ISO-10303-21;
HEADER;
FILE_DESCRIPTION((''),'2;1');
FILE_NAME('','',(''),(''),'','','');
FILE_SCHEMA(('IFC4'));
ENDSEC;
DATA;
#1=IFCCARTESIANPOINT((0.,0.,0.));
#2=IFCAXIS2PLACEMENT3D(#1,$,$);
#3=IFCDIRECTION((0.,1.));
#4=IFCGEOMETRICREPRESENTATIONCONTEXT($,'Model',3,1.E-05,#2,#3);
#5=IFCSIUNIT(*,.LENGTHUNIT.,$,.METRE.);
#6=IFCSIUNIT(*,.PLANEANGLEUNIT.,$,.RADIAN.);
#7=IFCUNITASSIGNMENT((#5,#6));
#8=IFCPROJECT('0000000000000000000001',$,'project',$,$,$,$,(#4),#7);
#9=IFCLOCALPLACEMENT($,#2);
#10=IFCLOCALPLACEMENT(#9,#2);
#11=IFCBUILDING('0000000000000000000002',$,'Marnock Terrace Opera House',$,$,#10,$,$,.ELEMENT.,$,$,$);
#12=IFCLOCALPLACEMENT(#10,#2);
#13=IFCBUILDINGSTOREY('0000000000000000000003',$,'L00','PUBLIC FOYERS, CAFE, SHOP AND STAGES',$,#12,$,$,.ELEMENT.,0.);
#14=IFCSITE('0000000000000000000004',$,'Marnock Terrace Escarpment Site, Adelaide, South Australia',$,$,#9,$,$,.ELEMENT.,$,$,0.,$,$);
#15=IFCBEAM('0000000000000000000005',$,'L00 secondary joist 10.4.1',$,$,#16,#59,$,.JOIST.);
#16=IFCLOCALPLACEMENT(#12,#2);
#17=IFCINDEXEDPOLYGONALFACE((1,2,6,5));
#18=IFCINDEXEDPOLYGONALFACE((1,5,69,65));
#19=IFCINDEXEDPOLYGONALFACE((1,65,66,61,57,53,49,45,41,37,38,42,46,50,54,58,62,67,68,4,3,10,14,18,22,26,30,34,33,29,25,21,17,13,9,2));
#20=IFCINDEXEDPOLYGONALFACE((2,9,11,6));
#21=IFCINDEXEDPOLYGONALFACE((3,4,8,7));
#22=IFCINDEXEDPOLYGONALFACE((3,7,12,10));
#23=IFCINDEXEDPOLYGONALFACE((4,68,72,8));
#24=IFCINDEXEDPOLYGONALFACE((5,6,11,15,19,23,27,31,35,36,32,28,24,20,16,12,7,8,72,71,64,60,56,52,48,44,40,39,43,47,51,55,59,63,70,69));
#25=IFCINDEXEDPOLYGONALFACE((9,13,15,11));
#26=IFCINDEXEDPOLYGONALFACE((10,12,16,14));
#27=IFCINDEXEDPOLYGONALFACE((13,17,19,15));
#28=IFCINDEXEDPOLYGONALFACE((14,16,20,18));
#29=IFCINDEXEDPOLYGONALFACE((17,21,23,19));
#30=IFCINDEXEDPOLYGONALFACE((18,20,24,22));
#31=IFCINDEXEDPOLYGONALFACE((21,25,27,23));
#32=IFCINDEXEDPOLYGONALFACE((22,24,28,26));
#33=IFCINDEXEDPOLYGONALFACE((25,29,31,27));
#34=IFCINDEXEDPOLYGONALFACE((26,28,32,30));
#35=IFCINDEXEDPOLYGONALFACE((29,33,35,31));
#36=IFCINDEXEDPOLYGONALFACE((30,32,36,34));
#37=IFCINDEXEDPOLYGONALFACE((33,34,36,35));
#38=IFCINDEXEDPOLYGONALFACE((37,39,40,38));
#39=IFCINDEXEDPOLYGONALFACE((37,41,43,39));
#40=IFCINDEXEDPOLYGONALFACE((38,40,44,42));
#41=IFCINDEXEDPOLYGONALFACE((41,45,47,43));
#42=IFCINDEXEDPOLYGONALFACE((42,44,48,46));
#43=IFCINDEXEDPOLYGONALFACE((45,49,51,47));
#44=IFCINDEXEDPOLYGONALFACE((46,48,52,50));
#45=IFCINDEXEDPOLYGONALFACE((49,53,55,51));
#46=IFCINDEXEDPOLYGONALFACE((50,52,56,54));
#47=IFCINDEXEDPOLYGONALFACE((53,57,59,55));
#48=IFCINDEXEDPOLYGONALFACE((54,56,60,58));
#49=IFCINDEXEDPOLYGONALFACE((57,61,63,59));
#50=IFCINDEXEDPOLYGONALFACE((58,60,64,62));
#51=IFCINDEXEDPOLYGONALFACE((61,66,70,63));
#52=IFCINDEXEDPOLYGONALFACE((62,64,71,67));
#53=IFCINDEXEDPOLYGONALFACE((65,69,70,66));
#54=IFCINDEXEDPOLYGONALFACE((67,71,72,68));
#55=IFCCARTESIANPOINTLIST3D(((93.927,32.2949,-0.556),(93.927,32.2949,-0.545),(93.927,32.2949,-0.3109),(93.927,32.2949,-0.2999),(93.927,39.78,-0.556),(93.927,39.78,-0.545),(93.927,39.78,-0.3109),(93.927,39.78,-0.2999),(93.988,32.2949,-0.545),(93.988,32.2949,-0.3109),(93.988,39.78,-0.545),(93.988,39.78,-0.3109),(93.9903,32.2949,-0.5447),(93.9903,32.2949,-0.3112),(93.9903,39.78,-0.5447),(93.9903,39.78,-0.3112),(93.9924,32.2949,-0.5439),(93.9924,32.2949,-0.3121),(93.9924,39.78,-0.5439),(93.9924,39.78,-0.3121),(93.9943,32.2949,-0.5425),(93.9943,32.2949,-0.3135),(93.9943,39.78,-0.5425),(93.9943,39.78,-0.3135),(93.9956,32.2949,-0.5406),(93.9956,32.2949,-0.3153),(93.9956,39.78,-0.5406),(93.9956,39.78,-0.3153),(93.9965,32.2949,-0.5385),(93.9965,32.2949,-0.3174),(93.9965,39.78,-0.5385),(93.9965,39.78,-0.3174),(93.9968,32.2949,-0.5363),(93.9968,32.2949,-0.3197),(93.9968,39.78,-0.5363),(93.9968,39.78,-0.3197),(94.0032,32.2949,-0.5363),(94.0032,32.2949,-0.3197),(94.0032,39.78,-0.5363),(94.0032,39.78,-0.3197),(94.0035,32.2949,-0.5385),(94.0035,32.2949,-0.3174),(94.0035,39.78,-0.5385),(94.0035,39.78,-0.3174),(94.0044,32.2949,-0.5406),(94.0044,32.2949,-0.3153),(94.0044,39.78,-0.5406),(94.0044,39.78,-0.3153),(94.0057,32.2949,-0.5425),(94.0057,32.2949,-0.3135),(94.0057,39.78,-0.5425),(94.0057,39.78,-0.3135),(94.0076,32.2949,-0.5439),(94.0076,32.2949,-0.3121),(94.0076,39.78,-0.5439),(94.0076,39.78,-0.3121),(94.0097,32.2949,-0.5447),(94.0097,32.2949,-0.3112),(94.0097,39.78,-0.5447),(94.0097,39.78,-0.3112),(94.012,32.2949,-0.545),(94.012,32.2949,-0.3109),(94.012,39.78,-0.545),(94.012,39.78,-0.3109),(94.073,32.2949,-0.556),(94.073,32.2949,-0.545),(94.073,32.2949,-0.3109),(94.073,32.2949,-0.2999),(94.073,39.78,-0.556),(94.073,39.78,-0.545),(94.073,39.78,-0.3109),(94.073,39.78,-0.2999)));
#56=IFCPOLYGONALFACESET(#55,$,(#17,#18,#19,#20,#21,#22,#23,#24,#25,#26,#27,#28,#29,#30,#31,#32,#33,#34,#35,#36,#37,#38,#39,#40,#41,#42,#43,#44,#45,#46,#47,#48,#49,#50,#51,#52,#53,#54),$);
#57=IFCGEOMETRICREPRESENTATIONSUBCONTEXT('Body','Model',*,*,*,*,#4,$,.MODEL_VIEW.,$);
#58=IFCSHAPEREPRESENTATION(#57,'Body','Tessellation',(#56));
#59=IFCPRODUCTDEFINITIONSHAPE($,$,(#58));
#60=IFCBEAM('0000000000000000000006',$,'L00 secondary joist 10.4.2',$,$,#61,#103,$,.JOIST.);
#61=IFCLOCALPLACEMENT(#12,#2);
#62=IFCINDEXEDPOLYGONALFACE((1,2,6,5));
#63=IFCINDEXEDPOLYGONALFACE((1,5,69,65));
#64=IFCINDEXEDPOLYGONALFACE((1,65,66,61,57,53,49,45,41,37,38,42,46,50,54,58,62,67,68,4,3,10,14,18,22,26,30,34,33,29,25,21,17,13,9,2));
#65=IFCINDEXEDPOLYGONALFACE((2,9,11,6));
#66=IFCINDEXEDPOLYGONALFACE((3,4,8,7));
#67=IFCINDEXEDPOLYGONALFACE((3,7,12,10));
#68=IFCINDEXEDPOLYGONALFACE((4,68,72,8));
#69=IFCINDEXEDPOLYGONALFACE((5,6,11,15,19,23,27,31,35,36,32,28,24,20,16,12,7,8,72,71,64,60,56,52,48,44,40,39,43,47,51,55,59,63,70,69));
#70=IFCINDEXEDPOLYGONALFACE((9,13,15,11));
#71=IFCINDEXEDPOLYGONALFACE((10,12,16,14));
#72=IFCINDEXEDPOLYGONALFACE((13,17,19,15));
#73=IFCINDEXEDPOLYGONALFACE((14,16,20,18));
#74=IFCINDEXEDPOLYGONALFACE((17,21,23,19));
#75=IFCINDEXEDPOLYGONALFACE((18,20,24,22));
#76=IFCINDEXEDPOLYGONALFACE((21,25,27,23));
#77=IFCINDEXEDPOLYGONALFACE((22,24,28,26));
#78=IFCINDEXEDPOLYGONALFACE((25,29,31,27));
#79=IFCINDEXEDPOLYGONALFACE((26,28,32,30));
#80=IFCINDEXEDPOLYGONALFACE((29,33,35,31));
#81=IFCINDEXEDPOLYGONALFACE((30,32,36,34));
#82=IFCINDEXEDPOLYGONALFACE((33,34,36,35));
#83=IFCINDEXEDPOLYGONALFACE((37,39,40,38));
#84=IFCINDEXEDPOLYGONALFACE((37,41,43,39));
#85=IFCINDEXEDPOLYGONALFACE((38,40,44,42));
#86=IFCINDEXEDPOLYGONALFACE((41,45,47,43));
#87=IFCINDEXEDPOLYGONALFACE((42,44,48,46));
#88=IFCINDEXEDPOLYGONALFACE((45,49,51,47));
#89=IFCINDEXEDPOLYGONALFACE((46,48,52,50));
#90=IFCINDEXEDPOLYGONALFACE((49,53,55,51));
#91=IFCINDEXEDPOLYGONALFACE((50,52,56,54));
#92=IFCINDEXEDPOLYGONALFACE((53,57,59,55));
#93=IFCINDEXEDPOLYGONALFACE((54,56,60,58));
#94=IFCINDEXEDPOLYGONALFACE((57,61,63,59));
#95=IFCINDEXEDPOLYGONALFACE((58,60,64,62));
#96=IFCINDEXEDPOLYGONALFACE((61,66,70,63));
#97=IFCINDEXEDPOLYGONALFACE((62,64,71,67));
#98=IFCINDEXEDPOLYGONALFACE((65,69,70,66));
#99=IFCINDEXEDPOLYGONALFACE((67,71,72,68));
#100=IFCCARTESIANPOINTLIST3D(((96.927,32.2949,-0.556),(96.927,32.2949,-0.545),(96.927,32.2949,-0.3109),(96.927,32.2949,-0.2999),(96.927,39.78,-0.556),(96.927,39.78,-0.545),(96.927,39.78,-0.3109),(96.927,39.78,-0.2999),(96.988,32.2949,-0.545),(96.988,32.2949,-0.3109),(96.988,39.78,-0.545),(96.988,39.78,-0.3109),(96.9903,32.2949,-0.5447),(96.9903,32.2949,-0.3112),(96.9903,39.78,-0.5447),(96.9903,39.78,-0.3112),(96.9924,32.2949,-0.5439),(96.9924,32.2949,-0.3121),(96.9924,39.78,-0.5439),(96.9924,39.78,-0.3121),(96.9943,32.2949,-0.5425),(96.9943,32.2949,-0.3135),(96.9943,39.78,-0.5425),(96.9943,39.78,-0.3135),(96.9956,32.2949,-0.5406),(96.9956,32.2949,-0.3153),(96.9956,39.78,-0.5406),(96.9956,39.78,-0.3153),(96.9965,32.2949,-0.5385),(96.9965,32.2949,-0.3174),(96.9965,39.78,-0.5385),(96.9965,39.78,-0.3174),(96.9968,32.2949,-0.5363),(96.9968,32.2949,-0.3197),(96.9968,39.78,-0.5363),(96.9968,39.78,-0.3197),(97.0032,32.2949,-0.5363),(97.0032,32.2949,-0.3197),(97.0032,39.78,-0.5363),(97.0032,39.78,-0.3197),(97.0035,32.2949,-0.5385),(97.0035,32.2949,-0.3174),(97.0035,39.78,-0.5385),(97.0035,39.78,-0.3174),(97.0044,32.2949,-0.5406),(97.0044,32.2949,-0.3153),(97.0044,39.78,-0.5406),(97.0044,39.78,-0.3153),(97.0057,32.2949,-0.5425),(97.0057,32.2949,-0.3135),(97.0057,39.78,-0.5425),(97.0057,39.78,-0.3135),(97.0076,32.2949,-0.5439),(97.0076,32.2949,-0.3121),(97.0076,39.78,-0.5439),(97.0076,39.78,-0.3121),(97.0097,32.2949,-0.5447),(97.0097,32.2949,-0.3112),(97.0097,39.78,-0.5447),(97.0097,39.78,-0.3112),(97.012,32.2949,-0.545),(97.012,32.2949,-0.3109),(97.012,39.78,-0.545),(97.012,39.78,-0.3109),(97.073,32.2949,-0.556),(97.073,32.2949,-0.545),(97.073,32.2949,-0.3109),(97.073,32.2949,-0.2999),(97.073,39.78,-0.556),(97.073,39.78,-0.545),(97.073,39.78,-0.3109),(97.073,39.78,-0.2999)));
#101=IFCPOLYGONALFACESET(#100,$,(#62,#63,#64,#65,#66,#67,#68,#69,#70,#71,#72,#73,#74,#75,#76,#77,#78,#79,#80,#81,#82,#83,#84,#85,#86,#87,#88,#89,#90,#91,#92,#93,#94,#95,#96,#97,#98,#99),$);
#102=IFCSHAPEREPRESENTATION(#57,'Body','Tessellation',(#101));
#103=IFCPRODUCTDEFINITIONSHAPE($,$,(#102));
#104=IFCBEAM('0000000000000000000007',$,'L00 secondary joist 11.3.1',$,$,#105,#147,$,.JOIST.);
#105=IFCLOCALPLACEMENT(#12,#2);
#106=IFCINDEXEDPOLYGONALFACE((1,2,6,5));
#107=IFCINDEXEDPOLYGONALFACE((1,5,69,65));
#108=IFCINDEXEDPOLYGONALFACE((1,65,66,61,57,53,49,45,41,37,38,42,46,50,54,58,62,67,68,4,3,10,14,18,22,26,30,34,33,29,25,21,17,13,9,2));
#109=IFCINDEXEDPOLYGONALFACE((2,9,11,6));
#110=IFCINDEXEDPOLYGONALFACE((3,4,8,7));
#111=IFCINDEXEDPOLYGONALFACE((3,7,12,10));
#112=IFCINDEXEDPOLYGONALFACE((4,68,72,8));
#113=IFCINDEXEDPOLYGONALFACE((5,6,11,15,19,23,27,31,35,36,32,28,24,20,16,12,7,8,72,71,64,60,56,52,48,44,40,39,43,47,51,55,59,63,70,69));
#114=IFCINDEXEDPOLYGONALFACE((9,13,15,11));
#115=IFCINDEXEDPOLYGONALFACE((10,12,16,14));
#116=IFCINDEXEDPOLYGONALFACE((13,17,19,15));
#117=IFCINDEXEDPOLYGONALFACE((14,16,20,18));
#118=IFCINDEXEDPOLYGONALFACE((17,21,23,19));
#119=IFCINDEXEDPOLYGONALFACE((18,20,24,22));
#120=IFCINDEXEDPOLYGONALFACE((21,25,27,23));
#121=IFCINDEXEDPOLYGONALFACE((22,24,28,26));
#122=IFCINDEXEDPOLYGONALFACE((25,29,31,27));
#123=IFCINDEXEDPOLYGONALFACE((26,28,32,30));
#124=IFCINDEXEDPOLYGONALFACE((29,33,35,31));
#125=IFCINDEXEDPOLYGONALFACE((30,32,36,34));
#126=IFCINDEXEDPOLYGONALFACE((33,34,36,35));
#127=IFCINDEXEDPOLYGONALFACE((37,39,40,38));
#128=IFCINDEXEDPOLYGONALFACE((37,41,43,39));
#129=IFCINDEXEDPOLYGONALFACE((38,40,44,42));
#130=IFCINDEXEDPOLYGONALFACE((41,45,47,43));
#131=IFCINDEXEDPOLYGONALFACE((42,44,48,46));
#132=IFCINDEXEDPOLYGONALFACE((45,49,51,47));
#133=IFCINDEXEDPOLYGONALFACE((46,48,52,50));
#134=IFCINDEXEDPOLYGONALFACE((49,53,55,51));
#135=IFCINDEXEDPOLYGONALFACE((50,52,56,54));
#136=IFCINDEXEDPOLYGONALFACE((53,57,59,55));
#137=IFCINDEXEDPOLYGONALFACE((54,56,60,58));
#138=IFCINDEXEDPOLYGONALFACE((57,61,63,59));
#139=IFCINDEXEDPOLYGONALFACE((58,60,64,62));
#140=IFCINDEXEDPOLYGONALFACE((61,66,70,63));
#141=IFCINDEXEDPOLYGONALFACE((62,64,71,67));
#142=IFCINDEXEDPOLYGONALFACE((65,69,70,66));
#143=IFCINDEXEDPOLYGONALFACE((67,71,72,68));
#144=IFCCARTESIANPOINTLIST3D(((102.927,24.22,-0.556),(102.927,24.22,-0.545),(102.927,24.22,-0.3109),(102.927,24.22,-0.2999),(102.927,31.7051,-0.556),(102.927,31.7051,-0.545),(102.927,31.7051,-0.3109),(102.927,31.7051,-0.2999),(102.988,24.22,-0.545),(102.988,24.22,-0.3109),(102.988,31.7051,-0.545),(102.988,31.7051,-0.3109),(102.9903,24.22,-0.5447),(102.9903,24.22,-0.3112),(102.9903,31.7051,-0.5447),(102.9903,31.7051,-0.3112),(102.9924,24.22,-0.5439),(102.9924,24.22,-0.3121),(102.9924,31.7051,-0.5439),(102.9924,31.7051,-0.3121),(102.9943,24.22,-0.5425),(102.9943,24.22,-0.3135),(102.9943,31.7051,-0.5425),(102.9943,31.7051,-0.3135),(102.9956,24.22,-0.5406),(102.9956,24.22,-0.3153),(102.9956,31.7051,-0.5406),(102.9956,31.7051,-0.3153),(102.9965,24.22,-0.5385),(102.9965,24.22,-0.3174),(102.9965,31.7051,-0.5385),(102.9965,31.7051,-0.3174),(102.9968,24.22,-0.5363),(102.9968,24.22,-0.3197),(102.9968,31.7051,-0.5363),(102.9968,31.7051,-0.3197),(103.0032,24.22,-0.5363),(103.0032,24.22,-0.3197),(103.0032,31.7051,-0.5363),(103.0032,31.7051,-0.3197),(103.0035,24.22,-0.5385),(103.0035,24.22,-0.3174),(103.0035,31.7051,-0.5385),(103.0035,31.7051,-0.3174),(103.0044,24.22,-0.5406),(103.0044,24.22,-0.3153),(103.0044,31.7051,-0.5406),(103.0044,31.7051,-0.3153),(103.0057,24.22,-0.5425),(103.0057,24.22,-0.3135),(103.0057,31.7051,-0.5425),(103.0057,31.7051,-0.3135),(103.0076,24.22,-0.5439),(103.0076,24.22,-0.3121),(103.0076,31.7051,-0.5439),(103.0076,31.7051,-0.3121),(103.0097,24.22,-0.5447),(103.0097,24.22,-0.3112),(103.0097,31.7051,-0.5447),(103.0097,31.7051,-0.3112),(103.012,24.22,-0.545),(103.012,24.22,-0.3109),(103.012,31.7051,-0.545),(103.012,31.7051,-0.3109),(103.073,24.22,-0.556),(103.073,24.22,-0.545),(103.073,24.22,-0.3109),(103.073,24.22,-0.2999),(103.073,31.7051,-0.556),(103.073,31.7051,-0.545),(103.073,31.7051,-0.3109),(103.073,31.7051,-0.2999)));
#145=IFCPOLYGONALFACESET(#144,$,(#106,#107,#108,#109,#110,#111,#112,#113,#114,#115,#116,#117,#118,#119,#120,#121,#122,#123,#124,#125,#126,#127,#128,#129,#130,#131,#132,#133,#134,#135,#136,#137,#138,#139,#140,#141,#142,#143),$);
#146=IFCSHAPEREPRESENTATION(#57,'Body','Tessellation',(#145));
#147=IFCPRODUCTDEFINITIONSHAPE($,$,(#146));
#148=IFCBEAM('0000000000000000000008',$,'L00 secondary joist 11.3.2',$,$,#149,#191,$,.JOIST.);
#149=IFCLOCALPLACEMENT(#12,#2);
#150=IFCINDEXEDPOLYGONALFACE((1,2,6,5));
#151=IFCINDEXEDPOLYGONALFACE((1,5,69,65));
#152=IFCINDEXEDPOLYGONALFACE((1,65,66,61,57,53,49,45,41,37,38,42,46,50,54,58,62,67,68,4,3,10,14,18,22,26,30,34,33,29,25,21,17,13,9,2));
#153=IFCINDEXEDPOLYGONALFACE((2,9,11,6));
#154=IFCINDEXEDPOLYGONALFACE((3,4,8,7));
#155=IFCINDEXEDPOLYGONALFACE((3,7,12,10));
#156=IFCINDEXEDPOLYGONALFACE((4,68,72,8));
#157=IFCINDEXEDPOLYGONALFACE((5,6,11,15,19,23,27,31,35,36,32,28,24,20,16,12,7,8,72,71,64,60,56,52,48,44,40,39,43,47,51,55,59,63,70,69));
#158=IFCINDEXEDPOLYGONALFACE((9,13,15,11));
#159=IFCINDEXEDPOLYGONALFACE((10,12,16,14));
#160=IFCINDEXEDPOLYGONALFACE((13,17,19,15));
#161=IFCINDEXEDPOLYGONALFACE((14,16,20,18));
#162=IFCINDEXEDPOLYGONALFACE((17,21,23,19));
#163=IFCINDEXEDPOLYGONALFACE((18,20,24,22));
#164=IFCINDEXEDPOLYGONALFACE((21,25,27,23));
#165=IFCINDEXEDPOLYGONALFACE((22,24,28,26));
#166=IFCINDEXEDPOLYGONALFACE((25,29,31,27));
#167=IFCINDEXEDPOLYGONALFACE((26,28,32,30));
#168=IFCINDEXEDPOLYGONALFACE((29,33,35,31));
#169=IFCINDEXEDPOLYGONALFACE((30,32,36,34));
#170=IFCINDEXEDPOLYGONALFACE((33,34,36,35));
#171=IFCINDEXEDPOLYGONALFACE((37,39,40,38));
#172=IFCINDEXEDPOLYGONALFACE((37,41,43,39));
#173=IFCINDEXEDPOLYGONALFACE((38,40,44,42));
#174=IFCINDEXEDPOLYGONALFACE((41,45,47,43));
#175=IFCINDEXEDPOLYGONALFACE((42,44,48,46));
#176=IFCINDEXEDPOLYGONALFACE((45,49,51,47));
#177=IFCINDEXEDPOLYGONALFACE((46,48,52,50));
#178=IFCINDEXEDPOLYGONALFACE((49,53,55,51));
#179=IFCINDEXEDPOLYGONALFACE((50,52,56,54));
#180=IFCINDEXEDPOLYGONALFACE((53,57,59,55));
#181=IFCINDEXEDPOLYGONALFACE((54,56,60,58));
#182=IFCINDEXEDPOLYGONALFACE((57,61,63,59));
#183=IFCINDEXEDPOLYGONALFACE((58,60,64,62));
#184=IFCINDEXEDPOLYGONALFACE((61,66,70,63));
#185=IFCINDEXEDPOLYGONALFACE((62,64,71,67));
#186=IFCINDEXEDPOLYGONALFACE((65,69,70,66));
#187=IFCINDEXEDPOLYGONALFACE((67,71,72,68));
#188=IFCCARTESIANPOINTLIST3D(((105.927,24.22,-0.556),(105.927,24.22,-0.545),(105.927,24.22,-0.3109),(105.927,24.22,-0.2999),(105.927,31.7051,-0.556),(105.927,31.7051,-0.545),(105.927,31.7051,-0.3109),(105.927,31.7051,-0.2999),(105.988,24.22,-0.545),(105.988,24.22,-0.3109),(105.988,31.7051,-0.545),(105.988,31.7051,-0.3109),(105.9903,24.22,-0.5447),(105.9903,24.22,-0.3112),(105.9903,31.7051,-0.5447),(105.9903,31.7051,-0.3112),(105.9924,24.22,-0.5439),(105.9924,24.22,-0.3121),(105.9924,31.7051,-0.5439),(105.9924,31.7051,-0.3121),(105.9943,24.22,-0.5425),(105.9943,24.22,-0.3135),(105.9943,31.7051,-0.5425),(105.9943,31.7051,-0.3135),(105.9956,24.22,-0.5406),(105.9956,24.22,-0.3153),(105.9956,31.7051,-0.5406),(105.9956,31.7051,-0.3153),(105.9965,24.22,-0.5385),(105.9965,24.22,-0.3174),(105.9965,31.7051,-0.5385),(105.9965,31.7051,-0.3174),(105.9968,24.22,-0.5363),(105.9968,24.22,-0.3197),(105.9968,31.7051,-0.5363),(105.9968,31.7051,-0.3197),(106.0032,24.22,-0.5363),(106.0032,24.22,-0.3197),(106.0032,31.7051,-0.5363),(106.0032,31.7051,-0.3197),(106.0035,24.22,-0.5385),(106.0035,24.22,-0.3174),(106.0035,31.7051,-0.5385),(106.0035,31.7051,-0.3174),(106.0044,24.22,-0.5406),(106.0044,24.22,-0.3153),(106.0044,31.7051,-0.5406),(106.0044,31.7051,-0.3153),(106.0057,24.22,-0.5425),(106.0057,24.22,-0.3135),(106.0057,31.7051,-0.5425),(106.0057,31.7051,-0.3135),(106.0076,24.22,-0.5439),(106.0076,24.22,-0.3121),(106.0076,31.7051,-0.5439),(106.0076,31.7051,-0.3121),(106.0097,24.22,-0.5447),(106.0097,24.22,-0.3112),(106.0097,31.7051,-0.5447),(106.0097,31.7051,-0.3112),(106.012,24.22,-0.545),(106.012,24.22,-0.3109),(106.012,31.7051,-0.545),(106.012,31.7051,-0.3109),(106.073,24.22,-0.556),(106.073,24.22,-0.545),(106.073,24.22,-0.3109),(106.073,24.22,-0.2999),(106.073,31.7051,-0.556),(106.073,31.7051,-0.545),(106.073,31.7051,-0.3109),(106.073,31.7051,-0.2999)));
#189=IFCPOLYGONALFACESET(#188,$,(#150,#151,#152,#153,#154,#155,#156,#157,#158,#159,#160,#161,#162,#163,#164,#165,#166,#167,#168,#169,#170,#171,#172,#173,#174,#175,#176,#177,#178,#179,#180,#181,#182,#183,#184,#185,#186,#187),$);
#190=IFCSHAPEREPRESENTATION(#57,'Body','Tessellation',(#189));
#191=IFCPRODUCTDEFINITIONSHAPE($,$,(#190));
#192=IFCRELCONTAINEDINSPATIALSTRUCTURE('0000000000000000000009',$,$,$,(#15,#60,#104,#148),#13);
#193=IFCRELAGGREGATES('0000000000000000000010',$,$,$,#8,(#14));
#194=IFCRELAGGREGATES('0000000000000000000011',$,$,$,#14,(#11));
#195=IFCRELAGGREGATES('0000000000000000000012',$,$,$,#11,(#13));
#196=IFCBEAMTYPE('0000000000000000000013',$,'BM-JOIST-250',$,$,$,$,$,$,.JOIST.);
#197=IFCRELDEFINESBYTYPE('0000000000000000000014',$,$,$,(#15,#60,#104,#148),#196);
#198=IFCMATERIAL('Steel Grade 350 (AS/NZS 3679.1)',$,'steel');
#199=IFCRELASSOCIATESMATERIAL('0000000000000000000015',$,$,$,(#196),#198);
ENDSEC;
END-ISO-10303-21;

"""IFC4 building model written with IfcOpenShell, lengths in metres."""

from ifc_helpers import new_model, si_unit, direction, frame, origin, origin_2d, place, context, subcontext, project, spatial, i_section, extrude, material, material_profile, profile_set, type_object, element, save


model = new_model("IFC4")

# Units and contexts
model_context = context("Model", 3, precision=1e-05, world=origin(), true_north=direction((0.0, 1.0)))
body_context = subcontext(model_context, "Body", "Model", "MODEL_VIEW")
ifc_project = project(units=[si_unit("LENGTHUNIT", "METRE"), si_unit("PLANEANGLEUNIT", "RADIAN")], contexts=[model_context])

# Site, building, storey
site_placement = place(None, origin())
site = spatial("IfcSite", under=ifc_project, at=site_placement, Name="Marnock Terrace Escarpment Site, Adelaide, South Australia", CompositionType="ELEMENT", RefElevation=0.0)
building_placement = place(site_placement, origin())
building = spatial("IfcBuilding", under=site, at=building_placement, Name="Marnock Terrace Opera House", CompositionType="ELEMENT")
storey_placement = place(building_placement, origin())
storey = spatial("IfcBuildingStorey", under=building, at=storey_placement, Name="L00", Description="PUBLIC FOYERS, CAFE, SHOP AND STAGES", CompositionType="ELEMENT", Elevation=0.0)

# Beams
ifc_material_1 = material(Name="Steel Grade 350 (AS/NZS 3679.1)", Category="steel")
ifc_material_profile_1 = material_profile(ifc_material_1, i_section(OverallWidth=0.146, OverallDepth=0.2561, WebThickness=0.0063, FlangeThickness=0.011, FilletRadius=0.0088, at=origin_2d()))
ifc_profile_set_1 = profile_set([ifc_material_profile_1], Name="Steel Grade 350 (AS/NZS 3679.1)")
beam_type_1 = type_object("IfcBeamType", Name="BM-JOIST-250", PredefinedType="JOIST", material=ifc_profile_set_1)
for number, where, z_axis, x_axis, name in (
    (1, (94.0, 32.2949, -0.428), (0.0, 1.0, 0.0), (-1.0, 0.0, 0.0), "L00 secondary joist 10.4.1"),
    (2, (97.0, 32.2949, -0.428), (0.0, 1.0, 0.0), (-1.0, 0.0, 0.0), "L00 secondary joist 10.4.2"),
    (3, (103.0, 24.22, -0.428), (0.0, 1.0, 0.0), (-1.0, 0.0, 0.0), "L00 secondary joist 11.3.1"),
    (4, (106.0, 24.22, -0.428), (0.0, 1.0, 0.0), (-1.0, 0.0, 0.0), "L00 secondary joist 11.3.2"),
):
    element("IfcBeam", number, at=place(storey_placement, frame(where, z_axis=z_axis, x_axis=x_axis)), inside=storey, type_object=beam_type_1, Name=name, PredefinedType="JOIST", context=body_context, shape_type="SweptSolid", body=[
        extrude(i_section(OverallWidth=0.146, OverallDepth=0.2561, WebThickness=0.0063, FlangeThickness=0.011, FilletRadius=0.0088, at=origin_2d()), origin(), (0.0, 0.0, 1.0), 7.4851),
    ])

save(model, "model.ifc")
